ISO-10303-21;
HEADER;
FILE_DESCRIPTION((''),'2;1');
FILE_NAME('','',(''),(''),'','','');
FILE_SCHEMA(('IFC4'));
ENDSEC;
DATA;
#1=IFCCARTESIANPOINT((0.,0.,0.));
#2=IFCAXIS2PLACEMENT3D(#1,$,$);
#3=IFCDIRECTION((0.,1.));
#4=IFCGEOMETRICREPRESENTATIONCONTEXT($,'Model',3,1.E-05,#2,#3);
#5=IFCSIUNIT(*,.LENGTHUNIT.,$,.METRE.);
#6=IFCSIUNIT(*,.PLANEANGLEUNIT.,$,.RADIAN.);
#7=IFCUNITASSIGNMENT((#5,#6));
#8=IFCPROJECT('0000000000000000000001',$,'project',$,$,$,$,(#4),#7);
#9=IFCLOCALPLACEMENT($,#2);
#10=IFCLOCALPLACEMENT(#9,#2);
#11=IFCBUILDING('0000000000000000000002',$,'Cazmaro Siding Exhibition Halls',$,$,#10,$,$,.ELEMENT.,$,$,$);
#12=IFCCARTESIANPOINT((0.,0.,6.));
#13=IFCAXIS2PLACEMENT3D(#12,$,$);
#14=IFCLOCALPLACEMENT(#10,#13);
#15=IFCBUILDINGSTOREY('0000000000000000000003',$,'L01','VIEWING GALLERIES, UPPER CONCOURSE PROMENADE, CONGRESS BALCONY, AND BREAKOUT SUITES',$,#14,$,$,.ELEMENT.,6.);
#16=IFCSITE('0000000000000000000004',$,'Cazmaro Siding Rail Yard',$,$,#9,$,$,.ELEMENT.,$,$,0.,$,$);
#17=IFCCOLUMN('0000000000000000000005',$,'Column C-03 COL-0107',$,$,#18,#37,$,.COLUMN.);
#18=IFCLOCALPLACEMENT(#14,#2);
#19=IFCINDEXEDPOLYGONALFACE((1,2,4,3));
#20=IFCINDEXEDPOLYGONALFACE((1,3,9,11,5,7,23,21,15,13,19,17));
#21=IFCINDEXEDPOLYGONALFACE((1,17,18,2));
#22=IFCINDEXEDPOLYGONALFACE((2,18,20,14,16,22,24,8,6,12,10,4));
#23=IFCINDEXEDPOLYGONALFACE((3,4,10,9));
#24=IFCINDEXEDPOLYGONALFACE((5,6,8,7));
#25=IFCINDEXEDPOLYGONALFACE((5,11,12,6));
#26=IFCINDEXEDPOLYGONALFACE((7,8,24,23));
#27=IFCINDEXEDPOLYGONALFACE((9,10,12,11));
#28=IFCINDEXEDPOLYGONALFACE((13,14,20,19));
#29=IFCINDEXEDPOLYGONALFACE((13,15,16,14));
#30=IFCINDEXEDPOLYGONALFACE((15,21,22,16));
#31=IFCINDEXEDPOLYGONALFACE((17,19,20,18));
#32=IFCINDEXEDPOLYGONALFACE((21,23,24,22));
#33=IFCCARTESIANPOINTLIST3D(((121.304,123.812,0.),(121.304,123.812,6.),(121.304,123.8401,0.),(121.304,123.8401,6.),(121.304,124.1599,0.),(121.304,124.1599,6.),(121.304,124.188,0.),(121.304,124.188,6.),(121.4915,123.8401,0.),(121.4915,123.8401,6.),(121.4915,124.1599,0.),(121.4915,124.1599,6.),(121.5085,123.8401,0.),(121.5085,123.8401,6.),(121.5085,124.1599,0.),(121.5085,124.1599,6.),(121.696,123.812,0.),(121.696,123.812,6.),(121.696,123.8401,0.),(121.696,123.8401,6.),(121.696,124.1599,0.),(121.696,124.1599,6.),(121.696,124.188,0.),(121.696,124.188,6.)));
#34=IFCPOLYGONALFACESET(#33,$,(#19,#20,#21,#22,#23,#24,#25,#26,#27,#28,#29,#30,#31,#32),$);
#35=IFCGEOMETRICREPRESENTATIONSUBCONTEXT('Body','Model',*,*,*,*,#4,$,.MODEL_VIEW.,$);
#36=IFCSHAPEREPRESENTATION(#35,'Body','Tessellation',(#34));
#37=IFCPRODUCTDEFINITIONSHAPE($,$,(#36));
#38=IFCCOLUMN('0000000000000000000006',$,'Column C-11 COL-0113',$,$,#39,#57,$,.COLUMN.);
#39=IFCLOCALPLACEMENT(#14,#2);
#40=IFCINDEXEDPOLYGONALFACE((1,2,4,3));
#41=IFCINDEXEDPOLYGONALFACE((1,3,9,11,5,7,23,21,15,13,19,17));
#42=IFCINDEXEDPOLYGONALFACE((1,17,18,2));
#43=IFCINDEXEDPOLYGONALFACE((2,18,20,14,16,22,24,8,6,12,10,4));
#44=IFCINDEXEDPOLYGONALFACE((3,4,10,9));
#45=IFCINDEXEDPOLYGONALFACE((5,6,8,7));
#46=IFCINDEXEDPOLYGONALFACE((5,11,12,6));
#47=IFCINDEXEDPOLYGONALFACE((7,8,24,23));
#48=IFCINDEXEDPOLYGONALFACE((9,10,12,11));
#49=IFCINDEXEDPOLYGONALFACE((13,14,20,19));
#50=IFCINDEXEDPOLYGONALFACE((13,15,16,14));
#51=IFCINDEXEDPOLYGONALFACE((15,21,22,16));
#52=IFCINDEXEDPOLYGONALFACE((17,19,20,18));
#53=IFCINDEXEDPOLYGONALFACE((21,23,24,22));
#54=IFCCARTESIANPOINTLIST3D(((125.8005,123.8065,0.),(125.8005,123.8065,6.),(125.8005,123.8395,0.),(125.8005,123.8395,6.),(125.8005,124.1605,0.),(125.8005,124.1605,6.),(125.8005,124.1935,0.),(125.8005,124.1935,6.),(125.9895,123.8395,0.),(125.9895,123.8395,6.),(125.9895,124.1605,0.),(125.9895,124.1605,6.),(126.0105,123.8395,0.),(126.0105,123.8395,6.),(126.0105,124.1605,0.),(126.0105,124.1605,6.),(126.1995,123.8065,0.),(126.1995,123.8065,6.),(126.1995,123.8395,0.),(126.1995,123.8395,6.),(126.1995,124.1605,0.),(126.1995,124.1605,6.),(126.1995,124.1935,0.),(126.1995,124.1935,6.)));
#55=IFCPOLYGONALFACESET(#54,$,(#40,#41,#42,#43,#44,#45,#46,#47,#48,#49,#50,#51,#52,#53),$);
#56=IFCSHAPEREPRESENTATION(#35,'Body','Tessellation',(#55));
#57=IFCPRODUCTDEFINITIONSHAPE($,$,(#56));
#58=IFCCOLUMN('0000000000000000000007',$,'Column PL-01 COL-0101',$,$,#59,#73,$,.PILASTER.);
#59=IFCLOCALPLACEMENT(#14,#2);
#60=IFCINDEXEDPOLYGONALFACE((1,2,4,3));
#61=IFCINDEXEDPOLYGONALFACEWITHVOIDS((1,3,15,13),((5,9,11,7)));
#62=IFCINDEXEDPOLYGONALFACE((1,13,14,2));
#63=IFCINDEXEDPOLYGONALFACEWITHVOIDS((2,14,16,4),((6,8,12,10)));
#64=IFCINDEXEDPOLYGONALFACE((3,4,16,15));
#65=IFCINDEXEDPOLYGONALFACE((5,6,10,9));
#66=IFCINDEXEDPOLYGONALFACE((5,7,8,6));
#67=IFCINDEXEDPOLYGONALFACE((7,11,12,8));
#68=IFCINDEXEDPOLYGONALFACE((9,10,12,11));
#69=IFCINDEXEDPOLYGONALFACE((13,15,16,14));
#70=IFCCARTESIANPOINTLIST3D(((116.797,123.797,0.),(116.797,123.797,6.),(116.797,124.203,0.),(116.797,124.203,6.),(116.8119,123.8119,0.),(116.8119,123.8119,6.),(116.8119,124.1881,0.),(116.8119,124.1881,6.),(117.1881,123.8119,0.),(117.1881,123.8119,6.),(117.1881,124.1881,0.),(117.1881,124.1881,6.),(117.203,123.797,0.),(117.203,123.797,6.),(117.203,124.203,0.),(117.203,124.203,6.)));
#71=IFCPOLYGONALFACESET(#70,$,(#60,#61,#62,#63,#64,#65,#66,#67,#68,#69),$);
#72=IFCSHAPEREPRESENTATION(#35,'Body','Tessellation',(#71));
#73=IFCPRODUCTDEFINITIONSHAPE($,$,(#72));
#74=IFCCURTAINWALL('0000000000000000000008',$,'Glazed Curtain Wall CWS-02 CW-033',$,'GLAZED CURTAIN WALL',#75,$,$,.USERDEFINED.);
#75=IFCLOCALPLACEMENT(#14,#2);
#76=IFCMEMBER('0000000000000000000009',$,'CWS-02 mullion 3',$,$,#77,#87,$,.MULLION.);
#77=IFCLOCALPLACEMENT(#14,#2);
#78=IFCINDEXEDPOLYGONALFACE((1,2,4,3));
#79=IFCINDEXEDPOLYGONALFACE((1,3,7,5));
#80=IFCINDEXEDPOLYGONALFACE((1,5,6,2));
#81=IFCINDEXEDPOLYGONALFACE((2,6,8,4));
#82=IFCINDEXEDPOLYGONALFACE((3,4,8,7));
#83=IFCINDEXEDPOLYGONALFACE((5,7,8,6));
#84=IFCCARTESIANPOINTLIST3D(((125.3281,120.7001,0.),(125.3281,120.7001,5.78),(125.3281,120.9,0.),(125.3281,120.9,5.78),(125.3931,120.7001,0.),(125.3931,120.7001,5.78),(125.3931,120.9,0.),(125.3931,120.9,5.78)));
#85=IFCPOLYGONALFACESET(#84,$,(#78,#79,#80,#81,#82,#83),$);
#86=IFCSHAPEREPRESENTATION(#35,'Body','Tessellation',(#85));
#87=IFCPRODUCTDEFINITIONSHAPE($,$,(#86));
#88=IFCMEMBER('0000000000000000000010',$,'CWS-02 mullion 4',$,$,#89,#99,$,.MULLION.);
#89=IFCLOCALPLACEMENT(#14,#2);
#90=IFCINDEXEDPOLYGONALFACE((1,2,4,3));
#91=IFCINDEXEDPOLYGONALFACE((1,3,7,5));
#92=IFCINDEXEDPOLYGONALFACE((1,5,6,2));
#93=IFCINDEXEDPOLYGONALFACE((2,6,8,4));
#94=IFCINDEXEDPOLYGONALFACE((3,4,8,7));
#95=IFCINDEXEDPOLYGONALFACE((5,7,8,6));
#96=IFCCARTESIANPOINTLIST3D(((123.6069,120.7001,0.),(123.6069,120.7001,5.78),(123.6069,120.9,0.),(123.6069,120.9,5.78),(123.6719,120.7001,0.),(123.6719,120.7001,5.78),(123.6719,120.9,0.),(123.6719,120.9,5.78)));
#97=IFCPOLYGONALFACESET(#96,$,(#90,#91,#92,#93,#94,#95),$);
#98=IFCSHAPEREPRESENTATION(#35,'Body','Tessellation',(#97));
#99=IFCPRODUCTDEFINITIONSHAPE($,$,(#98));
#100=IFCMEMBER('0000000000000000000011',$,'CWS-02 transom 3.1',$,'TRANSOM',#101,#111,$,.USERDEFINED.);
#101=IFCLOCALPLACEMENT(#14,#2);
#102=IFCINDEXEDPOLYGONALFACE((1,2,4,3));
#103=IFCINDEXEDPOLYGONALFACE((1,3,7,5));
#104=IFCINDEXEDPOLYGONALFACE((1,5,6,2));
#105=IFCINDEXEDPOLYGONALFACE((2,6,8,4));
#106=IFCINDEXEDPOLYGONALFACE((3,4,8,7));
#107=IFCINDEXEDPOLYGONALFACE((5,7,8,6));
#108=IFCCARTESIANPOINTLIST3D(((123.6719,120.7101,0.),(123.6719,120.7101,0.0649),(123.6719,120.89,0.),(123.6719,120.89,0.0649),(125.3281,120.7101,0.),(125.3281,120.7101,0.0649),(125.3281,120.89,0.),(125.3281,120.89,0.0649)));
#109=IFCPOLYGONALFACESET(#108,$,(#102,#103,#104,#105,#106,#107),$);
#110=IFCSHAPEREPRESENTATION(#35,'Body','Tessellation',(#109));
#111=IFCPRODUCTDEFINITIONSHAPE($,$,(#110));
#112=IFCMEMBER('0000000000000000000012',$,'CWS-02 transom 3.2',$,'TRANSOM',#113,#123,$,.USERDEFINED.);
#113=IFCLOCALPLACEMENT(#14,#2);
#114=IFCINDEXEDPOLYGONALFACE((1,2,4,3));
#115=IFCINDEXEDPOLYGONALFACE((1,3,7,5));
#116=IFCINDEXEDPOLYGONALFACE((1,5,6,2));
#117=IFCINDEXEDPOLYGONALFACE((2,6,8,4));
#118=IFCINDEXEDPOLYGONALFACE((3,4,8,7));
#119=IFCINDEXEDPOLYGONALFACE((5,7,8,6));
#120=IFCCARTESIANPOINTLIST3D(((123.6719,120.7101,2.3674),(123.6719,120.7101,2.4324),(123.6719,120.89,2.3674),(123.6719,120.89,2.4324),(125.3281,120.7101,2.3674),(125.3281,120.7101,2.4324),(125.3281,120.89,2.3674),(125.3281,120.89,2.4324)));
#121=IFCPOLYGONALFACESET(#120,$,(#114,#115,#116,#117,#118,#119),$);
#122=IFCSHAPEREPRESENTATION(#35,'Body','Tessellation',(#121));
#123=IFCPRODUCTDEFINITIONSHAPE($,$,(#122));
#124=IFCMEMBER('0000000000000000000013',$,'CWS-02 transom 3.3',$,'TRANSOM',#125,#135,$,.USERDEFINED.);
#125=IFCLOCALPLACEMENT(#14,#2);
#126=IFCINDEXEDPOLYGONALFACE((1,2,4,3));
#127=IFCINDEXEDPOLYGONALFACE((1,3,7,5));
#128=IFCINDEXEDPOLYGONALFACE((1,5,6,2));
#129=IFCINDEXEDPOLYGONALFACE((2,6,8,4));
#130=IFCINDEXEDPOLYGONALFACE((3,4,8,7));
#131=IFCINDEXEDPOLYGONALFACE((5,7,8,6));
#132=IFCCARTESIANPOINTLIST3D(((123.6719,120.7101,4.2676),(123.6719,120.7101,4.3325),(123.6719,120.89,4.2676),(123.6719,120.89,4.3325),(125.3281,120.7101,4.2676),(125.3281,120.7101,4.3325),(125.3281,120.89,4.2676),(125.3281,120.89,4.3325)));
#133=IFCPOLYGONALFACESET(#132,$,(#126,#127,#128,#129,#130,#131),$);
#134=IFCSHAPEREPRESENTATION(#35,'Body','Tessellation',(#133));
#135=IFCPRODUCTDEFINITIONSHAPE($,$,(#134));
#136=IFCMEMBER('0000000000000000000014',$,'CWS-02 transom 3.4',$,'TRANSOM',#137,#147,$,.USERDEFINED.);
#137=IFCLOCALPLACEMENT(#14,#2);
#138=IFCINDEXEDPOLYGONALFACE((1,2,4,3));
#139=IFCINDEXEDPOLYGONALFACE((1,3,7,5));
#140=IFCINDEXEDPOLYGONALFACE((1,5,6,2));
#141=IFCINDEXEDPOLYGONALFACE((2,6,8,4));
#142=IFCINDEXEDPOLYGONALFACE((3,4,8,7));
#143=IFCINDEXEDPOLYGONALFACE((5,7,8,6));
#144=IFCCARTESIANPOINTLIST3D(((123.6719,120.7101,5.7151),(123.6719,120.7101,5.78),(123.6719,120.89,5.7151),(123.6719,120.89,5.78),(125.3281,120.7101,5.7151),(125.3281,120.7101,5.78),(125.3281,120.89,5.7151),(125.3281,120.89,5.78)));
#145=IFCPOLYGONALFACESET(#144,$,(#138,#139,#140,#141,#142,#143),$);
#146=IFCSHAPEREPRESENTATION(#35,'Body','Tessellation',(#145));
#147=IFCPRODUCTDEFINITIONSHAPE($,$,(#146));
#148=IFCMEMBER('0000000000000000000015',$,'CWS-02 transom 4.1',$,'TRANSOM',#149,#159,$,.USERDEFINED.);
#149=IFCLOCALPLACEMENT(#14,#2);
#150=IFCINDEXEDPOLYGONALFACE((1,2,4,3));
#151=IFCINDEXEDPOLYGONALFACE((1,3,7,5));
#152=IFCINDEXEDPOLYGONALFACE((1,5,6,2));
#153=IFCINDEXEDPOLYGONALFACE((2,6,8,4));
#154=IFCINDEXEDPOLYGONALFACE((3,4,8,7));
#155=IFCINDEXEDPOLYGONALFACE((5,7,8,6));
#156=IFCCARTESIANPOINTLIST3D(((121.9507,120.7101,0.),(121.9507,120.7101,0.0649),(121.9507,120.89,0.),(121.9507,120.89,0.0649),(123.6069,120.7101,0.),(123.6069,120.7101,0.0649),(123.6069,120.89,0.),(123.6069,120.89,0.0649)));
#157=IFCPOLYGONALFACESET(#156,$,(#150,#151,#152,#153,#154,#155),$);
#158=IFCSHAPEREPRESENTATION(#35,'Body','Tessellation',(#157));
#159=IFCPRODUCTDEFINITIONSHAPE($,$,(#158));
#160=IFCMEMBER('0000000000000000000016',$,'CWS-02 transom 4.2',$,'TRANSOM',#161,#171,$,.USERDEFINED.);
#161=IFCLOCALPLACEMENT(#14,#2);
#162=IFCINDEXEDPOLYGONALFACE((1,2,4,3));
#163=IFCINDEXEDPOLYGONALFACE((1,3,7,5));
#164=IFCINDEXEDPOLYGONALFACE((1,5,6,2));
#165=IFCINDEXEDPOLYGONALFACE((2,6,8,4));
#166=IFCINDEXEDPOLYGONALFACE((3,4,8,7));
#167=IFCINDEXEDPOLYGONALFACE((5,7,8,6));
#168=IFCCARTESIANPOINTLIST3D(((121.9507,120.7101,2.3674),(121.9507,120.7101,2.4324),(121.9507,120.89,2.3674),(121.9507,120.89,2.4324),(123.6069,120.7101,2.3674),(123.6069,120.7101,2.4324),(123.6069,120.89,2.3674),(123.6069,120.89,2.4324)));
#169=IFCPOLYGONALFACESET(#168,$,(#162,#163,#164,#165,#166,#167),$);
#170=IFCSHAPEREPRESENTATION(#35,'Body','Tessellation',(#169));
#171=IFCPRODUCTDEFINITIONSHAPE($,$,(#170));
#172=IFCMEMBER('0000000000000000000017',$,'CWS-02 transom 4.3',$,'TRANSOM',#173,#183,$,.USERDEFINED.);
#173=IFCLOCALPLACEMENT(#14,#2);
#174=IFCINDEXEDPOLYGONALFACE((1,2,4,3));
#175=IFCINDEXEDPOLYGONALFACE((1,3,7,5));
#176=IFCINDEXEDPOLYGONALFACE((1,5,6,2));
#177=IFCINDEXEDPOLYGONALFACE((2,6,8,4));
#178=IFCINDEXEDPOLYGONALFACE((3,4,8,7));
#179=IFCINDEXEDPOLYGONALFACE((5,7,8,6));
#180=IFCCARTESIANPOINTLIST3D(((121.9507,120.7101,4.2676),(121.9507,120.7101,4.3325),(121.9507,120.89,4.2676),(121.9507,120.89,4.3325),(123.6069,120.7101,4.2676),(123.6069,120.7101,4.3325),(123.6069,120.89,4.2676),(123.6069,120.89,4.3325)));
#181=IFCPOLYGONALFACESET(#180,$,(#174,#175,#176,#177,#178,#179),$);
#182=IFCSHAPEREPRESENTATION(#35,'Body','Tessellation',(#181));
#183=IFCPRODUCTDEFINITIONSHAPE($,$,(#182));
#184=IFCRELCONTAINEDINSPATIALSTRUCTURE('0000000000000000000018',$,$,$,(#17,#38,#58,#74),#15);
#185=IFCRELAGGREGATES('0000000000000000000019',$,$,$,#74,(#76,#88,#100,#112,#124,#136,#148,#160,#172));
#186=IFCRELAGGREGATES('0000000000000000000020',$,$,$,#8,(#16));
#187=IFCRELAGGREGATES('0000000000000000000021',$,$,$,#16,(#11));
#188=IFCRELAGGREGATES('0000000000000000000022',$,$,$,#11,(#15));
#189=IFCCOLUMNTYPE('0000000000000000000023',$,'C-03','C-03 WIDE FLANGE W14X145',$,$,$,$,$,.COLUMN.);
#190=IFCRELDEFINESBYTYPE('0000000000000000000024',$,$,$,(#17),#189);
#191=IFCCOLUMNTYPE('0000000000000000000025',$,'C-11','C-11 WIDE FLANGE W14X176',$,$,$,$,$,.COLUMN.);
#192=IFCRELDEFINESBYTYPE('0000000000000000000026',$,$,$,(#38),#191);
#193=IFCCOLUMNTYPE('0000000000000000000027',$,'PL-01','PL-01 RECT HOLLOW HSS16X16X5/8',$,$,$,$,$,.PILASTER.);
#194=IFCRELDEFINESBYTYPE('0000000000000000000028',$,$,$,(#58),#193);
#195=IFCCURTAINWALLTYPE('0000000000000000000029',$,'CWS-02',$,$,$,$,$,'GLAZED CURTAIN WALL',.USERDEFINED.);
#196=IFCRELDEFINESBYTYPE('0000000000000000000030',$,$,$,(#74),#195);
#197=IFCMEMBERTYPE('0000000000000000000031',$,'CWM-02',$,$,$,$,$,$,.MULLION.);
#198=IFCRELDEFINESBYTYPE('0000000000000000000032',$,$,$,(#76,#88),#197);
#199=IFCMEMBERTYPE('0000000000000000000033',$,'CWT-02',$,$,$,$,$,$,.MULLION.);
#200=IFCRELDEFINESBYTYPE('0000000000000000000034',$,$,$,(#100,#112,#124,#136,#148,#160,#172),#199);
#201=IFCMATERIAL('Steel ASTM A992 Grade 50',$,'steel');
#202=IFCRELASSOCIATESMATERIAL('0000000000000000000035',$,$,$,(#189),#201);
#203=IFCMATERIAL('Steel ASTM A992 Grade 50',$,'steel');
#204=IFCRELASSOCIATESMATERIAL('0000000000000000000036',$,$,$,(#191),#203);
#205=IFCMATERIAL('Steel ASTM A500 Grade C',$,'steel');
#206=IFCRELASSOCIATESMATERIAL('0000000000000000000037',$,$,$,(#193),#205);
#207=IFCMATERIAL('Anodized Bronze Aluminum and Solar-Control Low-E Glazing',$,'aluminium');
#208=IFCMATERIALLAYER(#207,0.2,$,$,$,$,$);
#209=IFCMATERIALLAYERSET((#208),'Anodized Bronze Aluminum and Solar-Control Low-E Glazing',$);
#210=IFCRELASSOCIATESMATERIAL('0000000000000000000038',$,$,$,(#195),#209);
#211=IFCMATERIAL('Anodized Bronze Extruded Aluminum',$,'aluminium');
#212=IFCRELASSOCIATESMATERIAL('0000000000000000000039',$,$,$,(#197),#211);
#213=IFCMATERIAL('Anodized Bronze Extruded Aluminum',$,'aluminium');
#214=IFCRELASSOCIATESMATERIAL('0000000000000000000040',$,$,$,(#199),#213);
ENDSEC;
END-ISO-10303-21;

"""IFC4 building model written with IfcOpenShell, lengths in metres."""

from ifc_helpers import new_model, si_unit, direction, frame, origin, origin_2d, place, context, subcontext, project, spatial, rectangle, hollow_rectangle, i_section, extrude, material, layer, layer_set, material_profile, profile_set, type_object, element, aggregate, save


model = new_model("IFC4")

# Units and contexts
model_context = context("Model", 3, precision=1e-05, world=origin(), true_north=direction((0.0, 1.0)))
body_context = subcontext(model_context, "Body", "Model", "MODEL_VIEW")
ifc_project = project(units=[si_unit("LENGTHUNIT", "METRE"), si_unit("PLANEANGLEUNIT", "RADIAN")], contexts=[model_context])

# Site, building, storey
site_placement = place(None, origin())
site = spatial("IfcSite", under=ifc_project, at=site_placement, Name="Cazmaro Siding Rail Yard", CompositionType="ELEMENT", RefElevation=0.0)
building_placement = place(site_placement, origin())
building = spatial("IfcBuilding", under=site, at=building_placement, Name="Cazmaro Siding Exhibition Halls", CompositionType="ELEMENT")
storey_placement = place(building_placement, frame((0.0, 0.0, 6.0)))
storey = spatial("IfcBuildingStorey", under=building, at=storey_placement, Name="L01", Description="VIEWING GALLERIES, UPPER CONCOURSE PROMENADE, CONGRESS BALCONY, AND BREAKOUT SUITES", CompositionType="ELEMENT", Elevation=6.0)

# Columns
ifc_material_1 = material(Name="Steel ASTM A992 Grade 50", Category="steel")
ifc_material_profile_1 = material_profile(ifc_material_1, i_section(OverallWidth=0.3921, OverallDepth=0.376, WebThickness=0.0171, FlangeThickness=0.0281, at=origin_2d()), Name="W14X145")
ifc_profile_set_1 = profile_set([ifc_material_profile_1], Name="Steel ASTM A992 Grade 50")
column_type_1 = type_object("IfcColumnType", Name="C-03", Description="C-03 WIDE FLANGE W14X145", PredefinedType="COLUMN", material=ifc_profile_set_1)
column_1_placement = place(storey_placement, frame((121.5, 124.0, 0.0), z_axis=(0.0, 0.0, 1.0), x_axis=(1.0, 0.0, 0.0)))
element("IfcColumn", 1, at=column_1_placement, inside=storey, type_object=column_type_1, Name="Column C-03 COL-0107", PredefinedType="COLUMN", context=body_context, shape_type="SweptSolid", body=[
    extrude(i_section(OverallWidth=0.3921, OverallDepth=0.376, WebThickness=0.0171, FlangeThickness=0.0281, at=origin_2d()), origin(), (0.0, 0.0, 1.0), 6.0),
])
ifc_material_2 = material(Name="Steel ASTM A992 Grade 50", Category="steel")
ifc_material_profile_2 = material_profile(ifc_material_2, i_section(OverallWidth=0.3989, OverallDepth=0.387, WebThickness=0.021, FlangeThickness=0.033, at=origin_2d()), Name="W14X176")
ifc_profile_set_2 = profile_set([ifc_material_profile_2], Name="Steel ASTM A992 Grade 50")
column_type_2 = type_object("IfcColumnType", Name="C-11", Description="C-11 WIDE FLANGE W14X176", PredefinedType="COLUMN", material=ifc_profile_set_2)
column_2_placement = place(storey_placement, frame((126.0, 124.0, 0.0), z_axis=(0.0, 0.0, 1.0), x_axis=(1.0, 0.0, 0.0)))
element("IfcColumn", 2, at=column_2_placement, inside=storey, type_object=column_type_2, Name="Column C-11 COL-0113", PredefinedType="COLUMN", context=body_context, shape_type="SweptSolid", body=[
    extrude(i_section(OverallWidth=0.3989, OverallDepth=0.387, WebThickness=0.021, FlangeThickness=0.033, at=origin_2d()), origin(), (0.0, 0.0, 1.0), 6.0),
])
ifc_material_3 = material(Name="Steel ASTM A500 Grade C", Category="steel")
ifc_material_profile_3 = material_profile(ifc_material_3, hollow_rectangle(XDim=0.406, YDim=0.406, WallThickness=0.0149, at=origin_2d()), Name="HSS16X16X5/8")
ifc_profile_set_3 = profile_set([ifc_material_profile_3], Name="Steel ASTM A500 Grade C")
column_type_3 = type_object("IfcColumnType", Name="PL-01", Description="PL-01 RECT HOLLOW HSS16X16X5/8", PredefinedType="PILASTER", material=ifc_profile_set_3)
column_3_placement = place(storey_placement, frame((117.0, 124.0, 0.0), z_axis=(0.0, 0.0, 1.0), x_axis=(1.0, 0.0, 0.0)))
element("IfcColumn", 3, at=column_3_placement, inside=storey, type_object=column_type_3, Name="Column PL-01 COL-0101", PredefinedType="PILASTER", context=body_context, shape_type="SweptSolid", body=[
    extrude(hollow_rectangle(XDim=0.406, YDim=0.406, WallThickness=0.0149, at=origin_2d()), origin(), (0.0, 0.0, 1.0), 6.0),
])

# Curtain wall, members
ifc_material_4 = material(Name="Anodized Bronze Aluminum and Solar-Control Low-E Glazing", Category="aluminium")
ifc_layer_1 = layer(ifc_material_4, 0.2)
ifc_layer_set_1 = layer_set([ifc_layer_1], Name="Anodized Bronze Aluminum and Solar-Control Low-E Glazing")
curtain_wall_type = type_object("IfcCurtainWallType", Name="CWS-02", ElementType="GLAZED CURTAIN WALL", PredefinedType="USERDEFINED", material=ifc_layer_set_1)
curtain_wall_placement = place(storey_placement, origin())
curtain_wall = element("IfcCurtainWall", 4, at=curtain_wall_placement, inside=storey, type_object=curtain_wall_type, Name="Glazed Curtain Wall CWS-02 CW-033", ObjectType="GLAZED CURTAIN WALL", PredefinedType="USERDEFINED")
ifc_material_5 = material(Name="Anodized Bronze Extruded Aluminum", Category="aluminium")
ifc_material_profile_4 = material_profile(ifc_material_5, rectangle(XDim=0.2, YDim=0.0649, at=origin_2d()), Name="CWM-02")
ifc_profile_set_4 = profile_set([ifc_material_profile_4], Name="Anodized Bronze Extruded Aluminum")
member_type_1 = type_object("IfcMemberType", Name="CWM-02", PredefinedType="MULLION", material=ifc_profile_set_4)
member_1_placement = place(storey_placement, frame((125.3606, 120.8, 0.0), z_axis=(0.0, 0.0, 1.0), x_axis=(0.0, -1.0, 0.0)))
member_1 = element("IfcMember", 5, at=member_1_placement, type_object=member_type_1, Name="CWS-02 mullion 3", PredefinedType="MULLION", context=body_context, shape_type="SweptSolid", body=[
    extrude(rectangle(XDim=0.2, YDim=0.0649, at=origin_2d()), origin(), (0.0, 0.0, 1.0), 5.78),
])
member_2_placement = place(storey_placement, frame((123.6394, 120.8, 0.0), z_axis=(0.0, 0.0, 1.0), x_axis=(0.0, -1.0, 0.0)))
member_2 = element("IfcMember", 6, at=member_2_placement, type_object=member_type_1, Name="CWS-02 mullion 4", PredefinedType="MULLION", context=body_context, shape_type="SweptSolid", body=[
    extrude(rectangle(XDim=0.2, YDim=0.0649, at=origin_2d()), origin(), (0.0, 0.0, 1.0), 5.78),
])
ifc_material_6 = material(Name="Anodized Bronze Extruded Aluminum", Category="aluminium")
ifc_material_profile_5 = material_profile(ifc_material_6, rectangle(XDim=0.1799, YDim=0.0649, at=origin_2d()), Name="CWT-02")
ifc_profile_set_5 = profile_set([ifc_material_profile_5], Name="Anodized Bronze Extruded Aluminum")
member_type_2 = type_object("IfcMemberType", Name="CWT-02", PredefinedType="MULLION", material=ifc_profile_set_5)
member_3_placement = place(storey_placement, frame((125.3281, 120.8, 0.0325), z_axis=(-1.0, 0.0, 0.0), x_axis=(0.0, -1.0, 0.0)))
member_3 = element("IfcMember", 7, at=member_3_placement, type_object=member_type_2, Name="CWS-02 transom 3.1", ObjectType="TRANSOM", PredefinedType="USERDEFINED", context=body_context, shape_type="SweptSolid", body=[
    extrude(rectangle(XDim=0.1799, YDim=0.0649, at=origin_2d()), origin(), (0.0, 0.0, 1.0), 1.6562),
])
member_4_placement = place(storey_placement, frame((125.3281, 120.8, 2.3999), z_axis=(-1.0, 0.0, 0.0), x_axis=(0.0, -1.0, 0.0)))
member_4 = element("IfcMember", 8, at=member_4_placement, type_object=member_type_2, Name="CWS-02 transom 3.2", ObjectType="TRANSOM", PredefinedType="USERDEFINED", context=body_context, shape_type="SweptSolid", body=[
    extrude(rectangle(XDim=0.1799, YDim=0.0649, at=origin_2d()), origin(), (0.0, 0.0, 1.0), 1.6562),
])
member_5_placement = place(storey_placement, frame((125.3281, 120.8, 4.3), z_axis=(-1.0, 0.0, 0.0), x_axis=(0.0, -1.0, 0.0)))
member_5 = element("IfcMember", 9, at=member_5_placement, type_object=member_type_2, Name="CWS-02 transom 3.3", ObjectType="TRANSOM", PredefinedType="USERDEFINED", context=body_context, shape_type="SweptSolid", body=[
    extrude(rectangle(XDim=0.1799, YDim=0.0649, at=origin_2d()), origin(), (0.0, 0.0, 1.0), 1.6562),
])
member_6_placement = place(storey_placement, frame((125.3281, 120.8, 5.7476), z_axis=(-1.0, 0.0, 0.0), x_axis=(0.0, -1.0, 0.0)))
member_6 = element("IfcMember", 10, at=member_6_placement, type_object=member_type_2, Name="CWS-02 transom 3.4", ObjectType="TRANSOM", PredefinedType="USERDEFINED", context=body_context, shape_type="SweptSolid", body=[
    extrude(rectangle(XDim=0.1799, YDim=0.0649, at=origin_2d()), origin(), (0.0, 0.0, 1.0), 1.6562),
])
member_7_placement = place(storey_placement, frame((123.6069, 120.8, 0.0325), z_axis=(-1.0, 0.0, 0.0), x_axis=(0.0, -1.0, 0.0)))
member_7 = element("IfcMember", 11, at=member_7_placement, type_object=member_type_2, Name="CWS-02 transom 4.1", ObjectType="TRANSOM", PredefinedType="USERDEFINED", context=body_context, shape_type="SweptSolid", body=[
    extrude(rectangle(XDim=0.1799, YDim=0.0649, at=origin_2d()), origin(), (0.0, 0.0, 1.0), 1.6562),
])
member_8_placement = place(storey_placement, frame((123.6069, 120.8, 2.3999), z_axis=(-1.0, 0.0, 0.0), x_axis=(0.0, -1.0, 0.0)))
member_8 = element("IfcMember", 12, at=member_8_placement, type_object=member_type_2, Name="CWS-02 transom 4.2", ObjectType="TRANSOM", PredefinedType="USERDEFINED", context=body_context, shape_type="SweptSolid", body=[
    extrude(rectangle(XDim=0.1799, YDim=0.0649, at=origin_2d()), origin(), (0.0, 0.0, 1.0), 1.6562),
])
member_9_placement = place(storey_placement, frame((123.6069, 120.8, 4.3), z_axis=(-1.0, 0.0, 0.0), x_axis=(0.0, -1.0, 0.0)))
member_9 = element("IfcMember", 13, at=member_9_placement, type_object=member_type_2, Name="CWS-02 transom 4.3", ObjectType="TRANSOM", PredefinedType="USERDEFINED", context=body_context, shape_type="SweptSolid", body=[
    extrude(rectangle(XDim=0.1799, YDim=0.0649, at=origin_2d()), origin(), (0.0, 0.0, 1.0), 1.6562),
])

aggregate(curtain_wall, [member_1, member_2, member_3, member_4, member_5, member_6, member_7, member_8, member_9])

save(model, "model.ifc")
